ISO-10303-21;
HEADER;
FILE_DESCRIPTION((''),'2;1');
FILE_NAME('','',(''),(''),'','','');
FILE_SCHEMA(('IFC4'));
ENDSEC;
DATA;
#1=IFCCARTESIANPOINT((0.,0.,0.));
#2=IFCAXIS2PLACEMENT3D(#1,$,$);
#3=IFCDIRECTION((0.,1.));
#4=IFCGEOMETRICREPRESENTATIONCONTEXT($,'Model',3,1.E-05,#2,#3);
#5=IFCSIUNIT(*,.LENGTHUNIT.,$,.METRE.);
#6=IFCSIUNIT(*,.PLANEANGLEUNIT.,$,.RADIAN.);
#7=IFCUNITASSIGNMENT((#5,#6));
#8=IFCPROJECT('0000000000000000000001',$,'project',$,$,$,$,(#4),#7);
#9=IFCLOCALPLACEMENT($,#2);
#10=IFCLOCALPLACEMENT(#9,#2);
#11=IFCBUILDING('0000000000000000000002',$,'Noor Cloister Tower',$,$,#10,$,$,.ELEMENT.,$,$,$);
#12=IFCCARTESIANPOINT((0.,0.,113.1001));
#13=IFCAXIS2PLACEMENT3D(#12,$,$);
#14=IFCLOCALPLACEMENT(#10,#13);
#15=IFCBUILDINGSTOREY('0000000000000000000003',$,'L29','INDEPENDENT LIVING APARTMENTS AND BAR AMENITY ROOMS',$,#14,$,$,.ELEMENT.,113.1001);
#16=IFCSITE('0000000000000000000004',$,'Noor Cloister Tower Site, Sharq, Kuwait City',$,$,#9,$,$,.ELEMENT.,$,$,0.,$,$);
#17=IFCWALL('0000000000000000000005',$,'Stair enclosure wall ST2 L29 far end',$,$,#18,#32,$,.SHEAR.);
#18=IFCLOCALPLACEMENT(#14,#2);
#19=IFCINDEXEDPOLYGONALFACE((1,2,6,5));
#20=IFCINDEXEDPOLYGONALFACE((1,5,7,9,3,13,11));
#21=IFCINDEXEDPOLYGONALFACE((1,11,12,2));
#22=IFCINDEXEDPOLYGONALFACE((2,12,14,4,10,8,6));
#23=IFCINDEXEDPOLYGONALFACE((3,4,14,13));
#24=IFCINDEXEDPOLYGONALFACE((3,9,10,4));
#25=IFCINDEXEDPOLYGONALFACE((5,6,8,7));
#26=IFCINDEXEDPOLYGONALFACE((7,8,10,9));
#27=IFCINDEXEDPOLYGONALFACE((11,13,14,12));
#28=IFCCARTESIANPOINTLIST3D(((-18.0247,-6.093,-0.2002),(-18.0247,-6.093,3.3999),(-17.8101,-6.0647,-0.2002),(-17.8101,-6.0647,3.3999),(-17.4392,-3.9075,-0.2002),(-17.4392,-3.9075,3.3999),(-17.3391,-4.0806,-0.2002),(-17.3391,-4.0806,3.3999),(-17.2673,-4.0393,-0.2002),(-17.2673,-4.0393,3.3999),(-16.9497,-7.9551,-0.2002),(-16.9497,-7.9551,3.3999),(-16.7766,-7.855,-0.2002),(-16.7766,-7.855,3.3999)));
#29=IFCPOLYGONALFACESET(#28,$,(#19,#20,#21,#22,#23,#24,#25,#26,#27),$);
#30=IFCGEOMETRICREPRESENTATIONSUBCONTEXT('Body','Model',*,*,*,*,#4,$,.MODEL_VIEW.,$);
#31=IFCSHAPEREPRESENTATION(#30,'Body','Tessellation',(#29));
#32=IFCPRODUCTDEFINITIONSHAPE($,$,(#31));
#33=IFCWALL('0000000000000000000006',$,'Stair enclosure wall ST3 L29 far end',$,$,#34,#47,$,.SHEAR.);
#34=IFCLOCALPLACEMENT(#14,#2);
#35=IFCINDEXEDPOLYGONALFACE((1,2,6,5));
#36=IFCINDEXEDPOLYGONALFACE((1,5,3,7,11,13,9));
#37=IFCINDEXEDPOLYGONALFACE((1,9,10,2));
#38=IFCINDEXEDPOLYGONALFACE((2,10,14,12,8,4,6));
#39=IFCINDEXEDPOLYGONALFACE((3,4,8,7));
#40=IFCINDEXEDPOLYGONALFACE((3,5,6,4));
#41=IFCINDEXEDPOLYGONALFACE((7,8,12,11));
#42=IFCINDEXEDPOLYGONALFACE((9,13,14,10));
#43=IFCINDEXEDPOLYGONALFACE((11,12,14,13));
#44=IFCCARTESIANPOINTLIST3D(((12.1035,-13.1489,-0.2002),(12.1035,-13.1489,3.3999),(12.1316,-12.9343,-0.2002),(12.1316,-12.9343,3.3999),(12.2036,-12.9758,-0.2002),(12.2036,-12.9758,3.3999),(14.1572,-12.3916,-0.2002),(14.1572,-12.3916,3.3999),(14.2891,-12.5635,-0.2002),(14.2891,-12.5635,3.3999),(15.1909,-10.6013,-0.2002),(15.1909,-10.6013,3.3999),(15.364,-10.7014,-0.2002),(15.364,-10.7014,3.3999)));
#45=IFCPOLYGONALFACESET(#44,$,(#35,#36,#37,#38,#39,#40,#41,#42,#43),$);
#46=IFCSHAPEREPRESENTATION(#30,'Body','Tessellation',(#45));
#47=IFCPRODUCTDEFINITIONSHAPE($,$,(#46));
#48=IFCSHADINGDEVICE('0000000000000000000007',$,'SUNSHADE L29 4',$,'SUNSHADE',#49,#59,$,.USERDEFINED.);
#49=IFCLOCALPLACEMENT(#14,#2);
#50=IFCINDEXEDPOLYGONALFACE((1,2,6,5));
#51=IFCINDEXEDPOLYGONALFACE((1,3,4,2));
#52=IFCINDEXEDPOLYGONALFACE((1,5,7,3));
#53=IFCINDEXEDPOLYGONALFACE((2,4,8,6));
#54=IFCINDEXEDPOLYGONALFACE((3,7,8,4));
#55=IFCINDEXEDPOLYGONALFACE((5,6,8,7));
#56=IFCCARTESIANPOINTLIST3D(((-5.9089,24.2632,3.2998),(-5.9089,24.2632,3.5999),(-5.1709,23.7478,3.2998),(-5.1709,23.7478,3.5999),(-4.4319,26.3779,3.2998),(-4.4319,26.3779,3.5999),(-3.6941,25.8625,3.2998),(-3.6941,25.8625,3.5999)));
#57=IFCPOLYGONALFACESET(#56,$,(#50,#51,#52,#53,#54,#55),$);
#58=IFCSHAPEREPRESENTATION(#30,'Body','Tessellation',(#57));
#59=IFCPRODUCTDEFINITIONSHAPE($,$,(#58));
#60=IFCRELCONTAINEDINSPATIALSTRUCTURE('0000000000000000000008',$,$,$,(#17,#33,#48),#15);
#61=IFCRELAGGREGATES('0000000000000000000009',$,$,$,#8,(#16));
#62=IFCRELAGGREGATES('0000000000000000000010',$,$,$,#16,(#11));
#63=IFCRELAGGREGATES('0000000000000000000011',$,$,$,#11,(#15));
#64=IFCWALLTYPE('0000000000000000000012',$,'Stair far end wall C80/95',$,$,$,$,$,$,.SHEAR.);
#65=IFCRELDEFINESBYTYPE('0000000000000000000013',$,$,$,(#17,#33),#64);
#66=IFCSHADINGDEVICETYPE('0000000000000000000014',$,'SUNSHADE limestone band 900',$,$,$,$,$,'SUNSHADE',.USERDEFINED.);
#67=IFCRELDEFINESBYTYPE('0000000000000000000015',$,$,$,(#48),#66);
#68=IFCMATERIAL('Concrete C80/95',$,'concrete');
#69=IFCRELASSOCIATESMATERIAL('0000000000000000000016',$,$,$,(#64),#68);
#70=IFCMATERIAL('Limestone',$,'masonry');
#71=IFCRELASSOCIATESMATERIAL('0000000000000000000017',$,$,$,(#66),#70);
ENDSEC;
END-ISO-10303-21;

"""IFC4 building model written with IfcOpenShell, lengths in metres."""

from ifc_helpers import new_model, si_unit, direction, frame, origin, place, context, subcontext, project, spatial, polyline, outline, extrude, material, type_object, element, save


model = new_model("IFC4")

# Units and contexts
model_context = context("Model", 3, precision=1e-05, world=origin(), true_north=direction((0.0, 1.0)))
body_context = subcontext(model_context, "Body", "Model", "MODEL_VIEW")
ifc_project = project(units=[si_unit("LENGTHUNIT", "METRE"), si_unit("PLANEANGLEUNIT", "RADIAN")], contexts=[model_context])

# Site, building, storey
site_placement = place(None, origin())
site = spatial("IfcSite", under=ifc_project, at=site_placement, Name="Noor Cloister Tower Site, Sharq, Kuwait City", CompositionType="ELEMENT", RefElevation=0.0)
building_placement = place(site_placement, origin())
building = spatial("IfcBuilding", under=site, at=building_placement, Name="Noor Cloister Tower", CompositionType="ELEMENT")
storey_placement = place(building_placement, frame((0.0, 0.0, 113.1001)))
storey = spatial("IfcBuildingStorey", under=building, at=storey_placement, Name="L29", Description="INDEPENDENT LIVING APARTMENTS AND BAR AMENITY ROOMS", CompositionType="ELEMENT", Elevation=113.1001)

# Walls
ifc_material_1 = material(Name="Concrete C80/95", Category="concrete")
wall_type_1 = type_object("IfcWallType", Name="Stair far end wall C80/95", PredefinedType="SHEAR", material=ifc_material_1)
wall_1_placement = place(storey_placement, frame((0.0, 0.0, -0.2002)))
element("IfcWall", 1, at=wall_1_placement, inside=storey, type_object=wall_type_1, Name="Stair enclosure wall ST2 L29 far end", PredefinedType="SHEAR", context=body_context, shape_type="SweptSolid", body=[
    extrude(outline(polyline([(-17.4392, -3.9075), (-18.0247, -6.093), (-16.9497, -7.9551), (-16.7766, -7.855), (-17.8101, -6.0647), (-17.2673, -4.0393), (-17.3391, -4.0806), (-17.3391, -4.0806), (-17.3391, -4.0806), (-17.3391, -4.0806), (-17.3391, -4.0806), (-17.3391, -4.0806), (-17.3391, -4.0806), (-17.3391, -4.0806), (-17.3391, -4.0806), (-17.3391, -4.0806), (-17.3391, -4.0806), (-17.3391, -4.0806), (-17.3391, -4.0806), (-17.3391, -4.0806), (-17.3391, -4.0806), (-17.3391, -4.0806), (-17.3391, -4.0806), (-17.4392, -3.9075)])), origin(), (0.0, 0.0, 1.0), 3.6001),
])
wall_2_placement = place(storey_placement, frame((0.0, 0.0, -0.2002)))
element("IfcWall", 2, at=wall_2_placement, inside=storey, type_object=wall_type_1, Name="Stair enclosure wall ST3 L29 far end", PredefinedType="SHEAR", context=body_context, shape_type="SweptSolid", body=[
    extrude(outline(polyline([(12.1035, -13.1489), (14.2891, -12.5635), (15.364, -10.7014), (15.1909, -10.6013), (14.1572, -12.3916), (12.1316, -12.9343), (12.2036, -12.9758), (12.2036, -12.9758), (12.2036, -12.9758), (12.2036, -12.9758), (12.2036, -12.9758), (12.2036, -12.9758), (12.2036, -12.9758), (12.2036, -12.9758), (12.2036, -12.9758), (12.2036, -12.9758), (12.2036, -12.9758), (12.2036, -12.9758), (12.2036, -12.9758), (12.2036, -12.9758), (12.2036, -12.9758), (12.2036, -12.9758), (12.2036, -12.9758), (12.1035, -13.1489)])), origin(), (0.0, 0.0, 1.0), 3.6001),
])

# Shading device
ifc_material_2 = material(Name="Limestone", Category="masonry")
shading_device_type = type_object("IfcShadingDeviceType", Name="SUNSHADE limestone band 900", ElementType="SUNSHADE", PredefinedType="USERDEFINED", material=ifc_material_2)
shading_device_placement = place(storey_placement, frame((0.0, 0.0, 3.2998)))
element("IfcShadingDevice", 3, at=shading_device_placement, inside=storey, type_object=shading_device_type, Name="SUNSHADE L29 4", ObjectType="SUNSHADE", PredefinedType="USERDEFINED", context=body_context, shape_type="SweptSolid", body=[
    extrude(outline(polyline([(-4.4319, 26.3779), (-5.9089, 24.2632), (-5.1709, 23.7478), (-3.6941, 25.8625), (-4.4319, 26.3779)])), origin(), (0.0, 0.0, 1.0), 0.3),
])

save(model, "model.ifc")
